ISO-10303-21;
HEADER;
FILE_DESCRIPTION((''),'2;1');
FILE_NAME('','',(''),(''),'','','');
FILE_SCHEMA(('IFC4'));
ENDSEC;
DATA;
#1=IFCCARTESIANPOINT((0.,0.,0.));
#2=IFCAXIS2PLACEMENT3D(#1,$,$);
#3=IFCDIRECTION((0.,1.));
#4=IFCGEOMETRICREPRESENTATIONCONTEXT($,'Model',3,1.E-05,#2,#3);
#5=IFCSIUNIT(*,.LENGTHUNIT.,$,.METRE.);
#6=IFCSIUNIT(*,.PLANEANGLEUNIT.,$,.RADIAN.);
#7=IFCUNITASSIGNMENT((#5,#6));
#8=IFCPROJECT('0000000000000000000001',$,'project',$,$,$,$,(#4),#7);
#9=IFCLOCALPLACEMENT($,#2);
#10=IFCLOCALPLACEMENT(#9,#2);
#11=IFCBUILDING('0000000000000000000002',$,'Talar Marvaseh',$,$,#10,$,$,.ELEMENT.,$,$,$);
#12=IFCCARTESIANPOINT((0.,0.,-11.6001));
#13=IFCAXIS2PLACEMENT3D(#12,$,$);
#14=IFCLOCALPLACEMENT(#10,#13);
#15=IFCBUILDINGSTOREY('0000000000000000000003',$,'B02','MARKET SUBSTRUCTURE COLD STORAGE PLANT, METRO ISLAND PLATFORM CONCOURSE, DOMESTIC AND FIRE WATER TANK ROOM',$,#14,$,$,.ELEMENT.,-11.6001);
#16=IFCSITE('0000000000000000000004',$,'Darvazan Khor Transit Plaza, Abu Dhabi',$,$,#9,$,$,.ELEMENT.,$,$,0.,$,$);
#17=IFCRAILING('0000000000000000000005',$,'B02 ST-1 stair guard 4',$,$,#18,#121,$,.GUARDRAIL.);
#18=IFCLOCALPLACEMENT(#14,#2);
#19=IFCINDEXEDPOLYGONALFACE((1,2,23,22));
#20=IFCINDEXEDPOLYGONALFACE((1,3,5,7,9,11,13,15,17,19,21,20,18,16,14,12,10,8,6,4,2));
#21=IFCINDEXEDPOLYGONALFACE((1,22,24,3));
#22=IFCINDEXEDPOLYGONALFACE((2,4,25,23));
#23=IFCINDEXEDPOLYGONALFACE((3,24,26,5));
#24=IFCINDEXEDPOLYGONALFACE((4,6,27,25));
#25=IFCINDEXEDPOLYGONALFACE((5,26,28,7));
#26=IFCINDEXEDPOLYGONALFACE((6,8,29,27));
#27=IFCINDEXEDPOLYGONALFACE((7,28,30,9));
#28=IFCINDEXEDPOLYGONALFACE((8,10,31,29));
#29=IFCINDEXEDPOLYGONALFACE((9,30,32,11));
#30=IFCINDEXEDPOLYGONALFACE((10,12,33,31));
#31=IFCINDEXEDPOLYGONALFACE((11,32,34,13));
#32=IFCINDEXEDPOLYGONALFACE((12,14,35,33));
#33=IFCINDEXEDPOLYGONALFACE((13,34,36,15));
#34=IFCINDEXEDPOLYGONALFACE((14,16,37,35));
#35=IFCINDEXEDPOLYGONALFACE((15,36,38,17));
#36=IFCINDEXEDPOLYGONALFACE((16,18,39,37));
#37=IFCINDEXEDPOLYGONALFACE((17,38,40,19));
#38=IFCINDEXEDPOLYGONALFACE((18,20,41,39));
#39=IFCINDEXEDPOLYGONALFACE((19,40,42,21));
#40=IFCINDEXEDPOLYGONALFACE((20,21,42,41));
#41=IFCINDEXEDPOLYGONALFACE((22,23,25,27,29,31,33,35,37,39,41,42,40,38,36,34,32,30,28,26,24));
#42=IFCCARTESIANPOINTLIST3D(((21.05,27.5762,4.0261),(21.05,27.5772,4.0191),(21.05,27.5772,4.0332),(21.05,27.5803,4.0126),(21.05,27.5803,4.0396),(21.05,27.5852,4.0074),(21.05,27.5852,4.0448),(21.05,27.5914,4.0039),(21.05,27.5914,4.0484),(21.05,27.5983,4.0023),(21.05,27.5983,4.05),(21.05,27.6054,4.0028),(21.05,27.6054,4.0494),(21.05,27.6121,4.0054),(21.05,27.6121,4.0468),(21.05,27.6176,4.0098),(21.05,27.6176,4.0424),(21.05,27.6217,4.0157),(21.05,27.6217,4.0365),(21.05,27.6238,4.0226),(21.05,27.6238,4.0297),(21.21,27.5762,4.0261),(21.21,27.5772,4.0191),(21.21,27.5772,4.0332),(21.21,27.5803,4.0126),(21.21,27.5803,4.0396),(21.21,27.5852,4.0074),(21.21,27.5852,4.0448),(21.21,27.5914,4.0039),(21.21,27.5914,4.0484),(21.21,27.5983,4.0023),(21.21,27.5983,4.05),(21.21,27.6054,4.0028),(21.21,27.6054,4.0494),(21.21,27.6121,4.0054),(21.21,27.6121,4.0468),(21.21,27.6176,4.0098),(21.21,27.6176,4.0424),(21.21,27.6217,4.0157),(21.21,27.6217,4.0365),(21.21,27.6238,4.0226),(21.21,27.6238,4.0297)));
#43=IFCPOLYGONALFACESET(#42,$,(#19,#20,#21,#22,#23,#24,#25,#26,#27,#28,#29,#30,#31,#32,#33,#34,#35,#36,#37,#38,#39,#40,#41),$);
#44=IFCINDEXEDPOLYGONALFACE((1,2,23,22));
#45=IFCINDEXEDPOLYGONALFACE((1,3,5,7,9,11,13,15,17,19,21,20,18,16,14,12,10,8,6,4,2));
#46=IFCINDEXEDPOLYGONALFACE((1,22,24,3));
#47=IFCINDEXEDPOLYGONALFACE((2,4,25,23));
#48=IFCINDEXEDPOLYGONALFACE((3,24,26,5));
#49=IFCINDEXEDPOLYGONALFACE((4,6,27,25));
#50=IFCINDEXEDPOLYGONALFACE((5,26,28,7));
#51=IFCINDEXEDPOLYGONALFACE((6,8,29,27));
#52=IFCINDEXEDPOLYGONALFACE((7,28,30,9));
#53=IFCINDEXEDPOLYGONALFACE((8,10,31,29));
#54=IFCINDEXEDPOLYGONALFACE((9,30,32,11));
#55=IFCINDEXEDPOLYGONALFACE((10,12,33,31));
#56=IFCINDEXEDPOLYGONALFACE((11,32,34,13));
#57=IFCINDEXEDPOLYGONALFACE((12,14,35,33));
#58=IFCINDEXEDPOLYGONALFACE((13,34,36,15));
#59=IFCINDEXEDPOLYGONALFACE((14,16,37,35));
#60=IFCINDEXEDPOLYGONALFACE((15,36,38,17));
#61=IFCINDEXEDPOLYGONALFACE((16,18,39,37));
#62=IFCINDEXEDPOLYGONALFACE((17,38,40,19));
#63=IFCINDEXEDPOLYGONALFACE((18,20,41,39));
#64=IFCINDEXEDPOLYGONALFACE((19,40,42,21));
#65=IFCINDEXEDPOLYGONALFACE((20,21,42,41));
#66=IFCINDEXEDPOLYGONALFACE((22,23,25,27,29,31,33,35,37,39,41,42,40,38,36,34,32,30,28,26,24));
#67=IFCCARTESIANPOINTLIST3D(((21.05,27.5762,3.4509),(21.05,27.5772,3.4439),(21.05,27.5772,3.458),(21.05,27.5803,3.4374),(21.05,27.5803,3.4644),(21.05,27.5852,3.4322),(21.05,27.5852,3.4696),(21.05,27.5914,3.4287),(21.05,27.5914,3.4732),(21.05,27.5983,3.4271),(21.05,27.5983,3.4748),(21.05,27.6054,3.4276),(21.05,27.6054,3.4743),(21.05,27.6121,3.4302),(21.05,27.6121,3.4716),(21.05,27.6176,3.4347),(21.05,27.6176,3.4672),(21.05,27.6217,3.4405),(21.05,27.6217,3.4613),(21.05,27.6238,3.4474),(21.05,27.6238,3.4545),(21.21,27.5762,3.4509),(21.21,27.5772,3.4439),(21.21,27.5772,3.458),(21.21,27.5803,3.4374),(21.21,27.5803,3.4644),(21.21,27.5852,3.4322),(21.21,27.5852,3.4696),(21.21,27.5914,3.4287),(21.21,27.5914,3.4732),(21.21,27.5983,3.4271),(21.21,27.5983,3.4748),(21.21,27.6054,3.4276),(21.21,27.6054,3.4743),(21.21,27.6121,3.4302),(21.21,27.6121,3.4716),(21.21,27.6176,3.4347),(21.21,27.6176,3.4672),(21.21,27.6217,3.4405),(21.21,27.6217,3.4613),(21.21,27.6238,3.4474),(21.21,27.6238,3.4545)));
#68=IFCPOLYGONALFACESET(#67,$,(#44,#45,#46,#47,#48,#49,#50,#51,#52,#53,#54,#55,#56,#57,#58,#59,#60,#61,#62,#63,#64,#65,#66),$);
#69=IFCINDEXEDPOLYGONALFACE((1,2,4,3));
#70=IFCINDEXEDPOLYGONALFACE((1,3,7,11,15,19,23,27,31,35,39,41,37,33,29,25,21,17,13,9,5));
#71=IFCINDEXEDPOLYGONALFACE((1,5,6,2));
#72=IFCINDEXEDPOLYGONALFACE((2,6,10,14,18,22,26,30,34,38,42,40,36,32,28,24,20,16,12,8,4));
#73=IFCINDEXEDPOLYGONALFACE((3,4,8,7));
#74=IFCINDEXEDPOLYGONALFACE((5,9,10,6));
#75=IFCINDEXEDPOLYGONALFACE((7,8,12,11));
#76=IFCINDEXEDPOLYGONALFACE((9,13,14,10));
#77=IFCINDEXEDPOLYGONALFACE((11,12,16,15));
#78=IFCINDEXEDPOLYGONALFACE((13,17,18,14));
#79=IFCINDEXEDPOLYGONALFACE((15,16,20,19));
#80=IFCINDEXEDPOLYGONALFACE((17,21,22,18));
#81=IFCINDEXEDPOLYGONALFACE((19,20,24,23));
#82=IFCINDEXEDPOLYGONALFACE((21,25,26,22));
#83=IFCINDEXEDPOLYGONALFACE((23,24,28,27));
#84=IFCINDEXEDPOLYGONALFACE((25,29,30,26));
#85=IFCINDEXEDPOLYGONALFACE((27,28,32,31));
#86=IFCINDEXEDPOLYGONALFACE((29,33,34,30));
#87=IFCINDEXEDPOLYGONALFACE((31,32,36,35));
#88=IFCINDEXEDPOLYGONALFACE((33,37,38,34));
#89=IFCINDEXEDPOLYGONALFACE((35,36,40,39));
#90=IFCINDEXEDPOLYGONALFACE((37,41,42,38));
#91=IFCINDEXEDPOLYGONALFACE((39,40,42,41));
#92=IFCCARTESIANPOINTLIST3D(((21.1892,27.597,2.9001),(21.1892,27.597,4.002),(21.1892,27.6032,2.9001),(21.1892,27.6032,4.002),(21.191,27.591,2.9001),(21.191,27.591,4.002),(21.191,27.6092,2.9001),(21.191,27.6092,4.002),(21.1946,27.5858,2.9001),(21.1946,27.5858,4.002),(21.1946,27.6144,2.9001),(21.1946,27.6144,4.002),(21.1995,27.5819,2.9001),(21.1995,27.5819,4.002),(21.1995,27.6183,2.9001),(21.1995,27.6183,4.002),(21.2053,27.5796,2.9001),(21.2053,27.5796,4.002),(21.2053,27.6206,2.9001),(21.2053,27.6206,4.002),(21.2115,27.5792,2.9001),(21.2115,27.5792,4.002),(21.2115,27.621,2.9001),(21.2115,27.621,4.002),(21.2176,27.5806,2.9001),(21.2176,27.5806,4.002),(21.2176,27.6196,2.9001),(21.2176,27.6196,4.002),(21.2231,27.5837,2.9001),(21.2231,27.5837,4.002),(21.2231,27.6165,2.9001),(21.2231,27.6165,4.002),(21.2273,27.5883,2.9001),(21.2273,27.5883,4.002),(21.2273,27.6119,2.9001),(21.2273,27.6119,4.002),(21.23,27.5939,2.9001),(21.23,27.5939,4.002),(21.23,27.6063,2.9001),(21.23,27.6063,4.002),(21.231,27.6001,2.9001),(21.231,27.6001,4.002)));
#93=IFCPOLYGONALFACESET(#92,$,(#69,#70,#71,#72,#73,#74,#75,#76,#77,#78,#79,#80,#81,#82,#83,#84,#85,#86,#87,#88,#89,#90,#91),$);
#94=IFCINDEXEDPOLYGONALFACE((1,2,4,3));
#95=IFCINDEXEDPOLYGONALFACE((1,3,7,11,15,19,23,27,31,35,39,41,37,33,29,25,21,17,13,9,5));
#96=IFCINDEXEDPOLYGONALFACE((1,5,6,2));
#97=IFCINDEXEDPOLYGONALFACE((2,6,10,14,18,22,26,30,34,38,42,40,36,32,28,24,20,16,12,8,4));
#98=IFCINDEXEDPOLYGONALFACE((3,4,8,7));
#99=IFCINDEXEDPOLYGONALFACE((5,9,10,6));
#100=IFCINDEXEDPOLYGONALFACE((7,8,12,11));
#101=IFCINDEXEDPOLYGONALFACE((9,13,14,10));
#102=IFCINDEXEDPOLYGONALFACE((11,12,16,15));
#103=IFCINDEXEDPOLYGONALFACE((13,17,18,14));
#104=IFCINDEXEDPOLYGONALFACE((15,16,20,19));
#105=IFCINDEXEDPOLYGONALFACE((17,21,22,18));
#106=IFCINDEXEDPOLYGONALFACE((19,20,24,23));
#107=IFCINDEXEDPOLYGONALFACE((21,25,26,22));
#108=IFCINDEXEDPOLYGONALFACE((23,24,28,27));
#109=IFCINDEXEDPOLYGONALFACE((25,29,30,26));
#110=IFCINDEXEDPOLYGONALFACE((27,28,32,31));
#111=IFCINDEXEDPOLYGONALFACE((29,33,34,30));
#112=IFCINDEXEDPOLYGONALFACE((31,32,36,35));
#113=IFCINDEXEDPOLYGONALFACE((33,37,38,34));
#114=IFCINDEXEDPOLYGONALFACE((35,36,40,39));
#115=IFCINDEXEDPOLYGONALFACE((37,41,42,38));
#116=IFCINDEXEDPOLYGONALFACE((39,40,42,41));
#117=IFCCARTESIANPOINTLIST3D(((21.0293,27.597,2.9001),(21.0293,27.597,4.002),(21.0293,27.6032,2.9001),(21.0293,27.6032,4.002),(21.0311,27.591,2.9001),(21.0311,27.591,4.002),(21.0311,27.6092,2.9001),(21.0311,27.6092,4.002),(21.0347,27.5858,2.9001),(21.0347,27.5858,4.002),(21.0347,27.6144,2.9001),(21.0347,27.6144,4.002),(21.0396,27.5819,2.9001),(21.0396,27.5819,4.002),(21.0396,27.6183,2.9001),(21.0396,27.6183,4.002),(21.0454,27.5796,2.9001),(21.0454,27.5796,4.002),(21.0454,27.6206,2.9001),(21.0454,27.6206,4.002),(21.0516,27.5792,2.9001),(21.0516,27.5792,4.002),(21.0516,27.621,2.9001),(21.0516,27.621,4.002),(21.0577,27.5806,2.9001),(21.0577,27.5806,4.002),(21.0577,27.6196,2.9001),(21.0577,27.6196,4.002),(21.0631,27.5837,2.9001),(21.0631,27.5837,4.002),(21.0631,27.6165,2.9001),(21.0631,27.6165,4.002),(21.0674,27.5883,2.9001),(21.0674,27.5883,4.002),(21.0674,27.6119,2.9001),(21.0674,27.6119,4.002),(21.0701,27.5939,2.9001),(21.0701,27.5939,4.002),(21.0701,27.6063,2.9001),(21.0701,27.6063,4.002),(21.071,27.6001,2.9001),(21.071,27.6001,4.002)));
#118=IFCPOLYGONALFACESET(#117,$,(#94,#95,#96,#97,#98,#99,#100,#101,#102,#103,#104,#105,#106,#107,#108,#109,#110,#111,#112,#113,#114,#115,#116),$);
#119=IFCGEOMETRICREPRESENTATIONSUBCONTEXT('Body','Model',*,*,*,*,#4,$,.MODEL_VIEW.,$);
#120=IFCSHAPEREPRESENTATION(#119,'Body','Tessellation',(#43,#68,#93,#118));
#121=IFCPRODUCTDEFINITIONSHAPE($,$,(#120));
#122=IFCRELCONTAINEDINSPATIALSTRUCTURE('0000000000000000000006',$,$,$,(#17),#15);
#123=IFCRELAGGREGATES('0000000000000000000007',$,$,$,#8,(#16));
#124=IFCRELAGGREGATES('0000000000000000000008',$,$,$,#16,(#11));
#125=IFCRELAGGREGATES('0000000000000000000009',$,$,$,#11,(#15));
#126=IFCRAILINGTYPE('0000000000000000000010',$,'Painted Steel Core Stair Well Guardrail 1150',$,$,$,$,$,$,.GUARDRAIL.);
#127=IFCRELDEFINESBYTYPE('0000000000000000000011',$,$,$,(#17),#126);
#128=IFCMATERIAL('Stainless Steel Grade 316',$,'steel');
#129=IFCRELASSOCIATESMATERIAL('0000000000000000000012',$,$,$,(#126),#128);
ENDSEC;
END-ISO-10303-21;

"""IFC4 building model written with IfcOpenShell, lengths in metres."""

from ifc_helpers import new_model, si_unit, direction, frame, origin, origin_2d, place, context, subcontext, project, spatial, circle, extrude, material, type_object, element, save


model = new_model("IFC4")

# Units and contexts
model_context = context("Model", 3, precision=1e-05, world=origin(), true_north=direction((0.0, 1.0)))
body_context = subcontext(model_context, "Body", "Model", "MODEL_VIEW")
ifc_project = project(units=[si_unit("LENGTHUNIT", "METRE"), si_unit("PLANEANGLEUNIT", "RADIAN")], contexts=[model_context])

# Site, building, storey
site_placement = place(None, origin())
site = spatial("IfcSite", under=ifc_project, at=site_placement, Name="Darvazan Khor Transit Plaza, Abu Dhabi", CompositionType="ELEMENT", RefElevation=0.0)
building_placement = place(site_placement, origin())
building = spatial("IfcBuilding", under=site, at=building_placement, Name="Talar Marvaseh", CompositionType="ELEMENT")
storey_placement = place(building_placement, frame((0.0, 0.0, -11.6001)))
storey = spatial("IfcBuildingStorey", under=building, at=storey_placement, Name="B02", Description="MARKET SUBSTRUCTURE COLD STORAGE PLANT, METRO ISLAND PLATFORM CONCOURSE, DOMESTIC AND FIRE WATER TANK ROOM", CompositionType="ELEMENT", Elevation=-11.6001)

# Railing
ifc_material_1 = material(Name="Stainless Steel Grade 316", Category="steel")
railing_type_1 = type_object("IfcRailingType", Name="Painted Steel Core Stair Well Guardrail 1150", PredefinedType="GUARDRAIL", material=ifc_material_1)
railing_1_placement = place(storey_placement, frame((21.21, 27.6001, 2.9001)))
element("IfcRailing", 1, at=railing_1_placement, inside=storey, type_object=railing_type_1, Name="B02 ST-1 stair guard 4", PredefinedType="GUARDRAIL", context=body_context, shape_type="SweptSolid", body=[
    extrude(circle(Radius=0.0239, at=origin_2d()), frame((0.0, 0.0, 1.126), z_axis=(-1.0, 0.0, 0.0), x_axis=(0.0, -1.0, 0.0)), (0.0, 0.0, 1.0), 0.1599),
    extrude(circle(Radius=0.0239, at=origin_2d()), frame((0.0, 0.0, 0.5508), z_axis=(-1.0, 0.0, 0.0), x_axis=(0.0, -1.0, 0.0)), (0.0, 0.0, 1.0), 0.1599),
    extrude(circle(Radius=0.021, at=origin_2d()), origin(), (0.0, 0.0, 1.0), 1.1018),
    extrude(circle(Radius=0.021, at=origin_2d()), frame((-0.1599, 0.0, 0.0)), (0.0, 0.0, 1.0), 1.1018),
])

save(model, "model.ifc")
